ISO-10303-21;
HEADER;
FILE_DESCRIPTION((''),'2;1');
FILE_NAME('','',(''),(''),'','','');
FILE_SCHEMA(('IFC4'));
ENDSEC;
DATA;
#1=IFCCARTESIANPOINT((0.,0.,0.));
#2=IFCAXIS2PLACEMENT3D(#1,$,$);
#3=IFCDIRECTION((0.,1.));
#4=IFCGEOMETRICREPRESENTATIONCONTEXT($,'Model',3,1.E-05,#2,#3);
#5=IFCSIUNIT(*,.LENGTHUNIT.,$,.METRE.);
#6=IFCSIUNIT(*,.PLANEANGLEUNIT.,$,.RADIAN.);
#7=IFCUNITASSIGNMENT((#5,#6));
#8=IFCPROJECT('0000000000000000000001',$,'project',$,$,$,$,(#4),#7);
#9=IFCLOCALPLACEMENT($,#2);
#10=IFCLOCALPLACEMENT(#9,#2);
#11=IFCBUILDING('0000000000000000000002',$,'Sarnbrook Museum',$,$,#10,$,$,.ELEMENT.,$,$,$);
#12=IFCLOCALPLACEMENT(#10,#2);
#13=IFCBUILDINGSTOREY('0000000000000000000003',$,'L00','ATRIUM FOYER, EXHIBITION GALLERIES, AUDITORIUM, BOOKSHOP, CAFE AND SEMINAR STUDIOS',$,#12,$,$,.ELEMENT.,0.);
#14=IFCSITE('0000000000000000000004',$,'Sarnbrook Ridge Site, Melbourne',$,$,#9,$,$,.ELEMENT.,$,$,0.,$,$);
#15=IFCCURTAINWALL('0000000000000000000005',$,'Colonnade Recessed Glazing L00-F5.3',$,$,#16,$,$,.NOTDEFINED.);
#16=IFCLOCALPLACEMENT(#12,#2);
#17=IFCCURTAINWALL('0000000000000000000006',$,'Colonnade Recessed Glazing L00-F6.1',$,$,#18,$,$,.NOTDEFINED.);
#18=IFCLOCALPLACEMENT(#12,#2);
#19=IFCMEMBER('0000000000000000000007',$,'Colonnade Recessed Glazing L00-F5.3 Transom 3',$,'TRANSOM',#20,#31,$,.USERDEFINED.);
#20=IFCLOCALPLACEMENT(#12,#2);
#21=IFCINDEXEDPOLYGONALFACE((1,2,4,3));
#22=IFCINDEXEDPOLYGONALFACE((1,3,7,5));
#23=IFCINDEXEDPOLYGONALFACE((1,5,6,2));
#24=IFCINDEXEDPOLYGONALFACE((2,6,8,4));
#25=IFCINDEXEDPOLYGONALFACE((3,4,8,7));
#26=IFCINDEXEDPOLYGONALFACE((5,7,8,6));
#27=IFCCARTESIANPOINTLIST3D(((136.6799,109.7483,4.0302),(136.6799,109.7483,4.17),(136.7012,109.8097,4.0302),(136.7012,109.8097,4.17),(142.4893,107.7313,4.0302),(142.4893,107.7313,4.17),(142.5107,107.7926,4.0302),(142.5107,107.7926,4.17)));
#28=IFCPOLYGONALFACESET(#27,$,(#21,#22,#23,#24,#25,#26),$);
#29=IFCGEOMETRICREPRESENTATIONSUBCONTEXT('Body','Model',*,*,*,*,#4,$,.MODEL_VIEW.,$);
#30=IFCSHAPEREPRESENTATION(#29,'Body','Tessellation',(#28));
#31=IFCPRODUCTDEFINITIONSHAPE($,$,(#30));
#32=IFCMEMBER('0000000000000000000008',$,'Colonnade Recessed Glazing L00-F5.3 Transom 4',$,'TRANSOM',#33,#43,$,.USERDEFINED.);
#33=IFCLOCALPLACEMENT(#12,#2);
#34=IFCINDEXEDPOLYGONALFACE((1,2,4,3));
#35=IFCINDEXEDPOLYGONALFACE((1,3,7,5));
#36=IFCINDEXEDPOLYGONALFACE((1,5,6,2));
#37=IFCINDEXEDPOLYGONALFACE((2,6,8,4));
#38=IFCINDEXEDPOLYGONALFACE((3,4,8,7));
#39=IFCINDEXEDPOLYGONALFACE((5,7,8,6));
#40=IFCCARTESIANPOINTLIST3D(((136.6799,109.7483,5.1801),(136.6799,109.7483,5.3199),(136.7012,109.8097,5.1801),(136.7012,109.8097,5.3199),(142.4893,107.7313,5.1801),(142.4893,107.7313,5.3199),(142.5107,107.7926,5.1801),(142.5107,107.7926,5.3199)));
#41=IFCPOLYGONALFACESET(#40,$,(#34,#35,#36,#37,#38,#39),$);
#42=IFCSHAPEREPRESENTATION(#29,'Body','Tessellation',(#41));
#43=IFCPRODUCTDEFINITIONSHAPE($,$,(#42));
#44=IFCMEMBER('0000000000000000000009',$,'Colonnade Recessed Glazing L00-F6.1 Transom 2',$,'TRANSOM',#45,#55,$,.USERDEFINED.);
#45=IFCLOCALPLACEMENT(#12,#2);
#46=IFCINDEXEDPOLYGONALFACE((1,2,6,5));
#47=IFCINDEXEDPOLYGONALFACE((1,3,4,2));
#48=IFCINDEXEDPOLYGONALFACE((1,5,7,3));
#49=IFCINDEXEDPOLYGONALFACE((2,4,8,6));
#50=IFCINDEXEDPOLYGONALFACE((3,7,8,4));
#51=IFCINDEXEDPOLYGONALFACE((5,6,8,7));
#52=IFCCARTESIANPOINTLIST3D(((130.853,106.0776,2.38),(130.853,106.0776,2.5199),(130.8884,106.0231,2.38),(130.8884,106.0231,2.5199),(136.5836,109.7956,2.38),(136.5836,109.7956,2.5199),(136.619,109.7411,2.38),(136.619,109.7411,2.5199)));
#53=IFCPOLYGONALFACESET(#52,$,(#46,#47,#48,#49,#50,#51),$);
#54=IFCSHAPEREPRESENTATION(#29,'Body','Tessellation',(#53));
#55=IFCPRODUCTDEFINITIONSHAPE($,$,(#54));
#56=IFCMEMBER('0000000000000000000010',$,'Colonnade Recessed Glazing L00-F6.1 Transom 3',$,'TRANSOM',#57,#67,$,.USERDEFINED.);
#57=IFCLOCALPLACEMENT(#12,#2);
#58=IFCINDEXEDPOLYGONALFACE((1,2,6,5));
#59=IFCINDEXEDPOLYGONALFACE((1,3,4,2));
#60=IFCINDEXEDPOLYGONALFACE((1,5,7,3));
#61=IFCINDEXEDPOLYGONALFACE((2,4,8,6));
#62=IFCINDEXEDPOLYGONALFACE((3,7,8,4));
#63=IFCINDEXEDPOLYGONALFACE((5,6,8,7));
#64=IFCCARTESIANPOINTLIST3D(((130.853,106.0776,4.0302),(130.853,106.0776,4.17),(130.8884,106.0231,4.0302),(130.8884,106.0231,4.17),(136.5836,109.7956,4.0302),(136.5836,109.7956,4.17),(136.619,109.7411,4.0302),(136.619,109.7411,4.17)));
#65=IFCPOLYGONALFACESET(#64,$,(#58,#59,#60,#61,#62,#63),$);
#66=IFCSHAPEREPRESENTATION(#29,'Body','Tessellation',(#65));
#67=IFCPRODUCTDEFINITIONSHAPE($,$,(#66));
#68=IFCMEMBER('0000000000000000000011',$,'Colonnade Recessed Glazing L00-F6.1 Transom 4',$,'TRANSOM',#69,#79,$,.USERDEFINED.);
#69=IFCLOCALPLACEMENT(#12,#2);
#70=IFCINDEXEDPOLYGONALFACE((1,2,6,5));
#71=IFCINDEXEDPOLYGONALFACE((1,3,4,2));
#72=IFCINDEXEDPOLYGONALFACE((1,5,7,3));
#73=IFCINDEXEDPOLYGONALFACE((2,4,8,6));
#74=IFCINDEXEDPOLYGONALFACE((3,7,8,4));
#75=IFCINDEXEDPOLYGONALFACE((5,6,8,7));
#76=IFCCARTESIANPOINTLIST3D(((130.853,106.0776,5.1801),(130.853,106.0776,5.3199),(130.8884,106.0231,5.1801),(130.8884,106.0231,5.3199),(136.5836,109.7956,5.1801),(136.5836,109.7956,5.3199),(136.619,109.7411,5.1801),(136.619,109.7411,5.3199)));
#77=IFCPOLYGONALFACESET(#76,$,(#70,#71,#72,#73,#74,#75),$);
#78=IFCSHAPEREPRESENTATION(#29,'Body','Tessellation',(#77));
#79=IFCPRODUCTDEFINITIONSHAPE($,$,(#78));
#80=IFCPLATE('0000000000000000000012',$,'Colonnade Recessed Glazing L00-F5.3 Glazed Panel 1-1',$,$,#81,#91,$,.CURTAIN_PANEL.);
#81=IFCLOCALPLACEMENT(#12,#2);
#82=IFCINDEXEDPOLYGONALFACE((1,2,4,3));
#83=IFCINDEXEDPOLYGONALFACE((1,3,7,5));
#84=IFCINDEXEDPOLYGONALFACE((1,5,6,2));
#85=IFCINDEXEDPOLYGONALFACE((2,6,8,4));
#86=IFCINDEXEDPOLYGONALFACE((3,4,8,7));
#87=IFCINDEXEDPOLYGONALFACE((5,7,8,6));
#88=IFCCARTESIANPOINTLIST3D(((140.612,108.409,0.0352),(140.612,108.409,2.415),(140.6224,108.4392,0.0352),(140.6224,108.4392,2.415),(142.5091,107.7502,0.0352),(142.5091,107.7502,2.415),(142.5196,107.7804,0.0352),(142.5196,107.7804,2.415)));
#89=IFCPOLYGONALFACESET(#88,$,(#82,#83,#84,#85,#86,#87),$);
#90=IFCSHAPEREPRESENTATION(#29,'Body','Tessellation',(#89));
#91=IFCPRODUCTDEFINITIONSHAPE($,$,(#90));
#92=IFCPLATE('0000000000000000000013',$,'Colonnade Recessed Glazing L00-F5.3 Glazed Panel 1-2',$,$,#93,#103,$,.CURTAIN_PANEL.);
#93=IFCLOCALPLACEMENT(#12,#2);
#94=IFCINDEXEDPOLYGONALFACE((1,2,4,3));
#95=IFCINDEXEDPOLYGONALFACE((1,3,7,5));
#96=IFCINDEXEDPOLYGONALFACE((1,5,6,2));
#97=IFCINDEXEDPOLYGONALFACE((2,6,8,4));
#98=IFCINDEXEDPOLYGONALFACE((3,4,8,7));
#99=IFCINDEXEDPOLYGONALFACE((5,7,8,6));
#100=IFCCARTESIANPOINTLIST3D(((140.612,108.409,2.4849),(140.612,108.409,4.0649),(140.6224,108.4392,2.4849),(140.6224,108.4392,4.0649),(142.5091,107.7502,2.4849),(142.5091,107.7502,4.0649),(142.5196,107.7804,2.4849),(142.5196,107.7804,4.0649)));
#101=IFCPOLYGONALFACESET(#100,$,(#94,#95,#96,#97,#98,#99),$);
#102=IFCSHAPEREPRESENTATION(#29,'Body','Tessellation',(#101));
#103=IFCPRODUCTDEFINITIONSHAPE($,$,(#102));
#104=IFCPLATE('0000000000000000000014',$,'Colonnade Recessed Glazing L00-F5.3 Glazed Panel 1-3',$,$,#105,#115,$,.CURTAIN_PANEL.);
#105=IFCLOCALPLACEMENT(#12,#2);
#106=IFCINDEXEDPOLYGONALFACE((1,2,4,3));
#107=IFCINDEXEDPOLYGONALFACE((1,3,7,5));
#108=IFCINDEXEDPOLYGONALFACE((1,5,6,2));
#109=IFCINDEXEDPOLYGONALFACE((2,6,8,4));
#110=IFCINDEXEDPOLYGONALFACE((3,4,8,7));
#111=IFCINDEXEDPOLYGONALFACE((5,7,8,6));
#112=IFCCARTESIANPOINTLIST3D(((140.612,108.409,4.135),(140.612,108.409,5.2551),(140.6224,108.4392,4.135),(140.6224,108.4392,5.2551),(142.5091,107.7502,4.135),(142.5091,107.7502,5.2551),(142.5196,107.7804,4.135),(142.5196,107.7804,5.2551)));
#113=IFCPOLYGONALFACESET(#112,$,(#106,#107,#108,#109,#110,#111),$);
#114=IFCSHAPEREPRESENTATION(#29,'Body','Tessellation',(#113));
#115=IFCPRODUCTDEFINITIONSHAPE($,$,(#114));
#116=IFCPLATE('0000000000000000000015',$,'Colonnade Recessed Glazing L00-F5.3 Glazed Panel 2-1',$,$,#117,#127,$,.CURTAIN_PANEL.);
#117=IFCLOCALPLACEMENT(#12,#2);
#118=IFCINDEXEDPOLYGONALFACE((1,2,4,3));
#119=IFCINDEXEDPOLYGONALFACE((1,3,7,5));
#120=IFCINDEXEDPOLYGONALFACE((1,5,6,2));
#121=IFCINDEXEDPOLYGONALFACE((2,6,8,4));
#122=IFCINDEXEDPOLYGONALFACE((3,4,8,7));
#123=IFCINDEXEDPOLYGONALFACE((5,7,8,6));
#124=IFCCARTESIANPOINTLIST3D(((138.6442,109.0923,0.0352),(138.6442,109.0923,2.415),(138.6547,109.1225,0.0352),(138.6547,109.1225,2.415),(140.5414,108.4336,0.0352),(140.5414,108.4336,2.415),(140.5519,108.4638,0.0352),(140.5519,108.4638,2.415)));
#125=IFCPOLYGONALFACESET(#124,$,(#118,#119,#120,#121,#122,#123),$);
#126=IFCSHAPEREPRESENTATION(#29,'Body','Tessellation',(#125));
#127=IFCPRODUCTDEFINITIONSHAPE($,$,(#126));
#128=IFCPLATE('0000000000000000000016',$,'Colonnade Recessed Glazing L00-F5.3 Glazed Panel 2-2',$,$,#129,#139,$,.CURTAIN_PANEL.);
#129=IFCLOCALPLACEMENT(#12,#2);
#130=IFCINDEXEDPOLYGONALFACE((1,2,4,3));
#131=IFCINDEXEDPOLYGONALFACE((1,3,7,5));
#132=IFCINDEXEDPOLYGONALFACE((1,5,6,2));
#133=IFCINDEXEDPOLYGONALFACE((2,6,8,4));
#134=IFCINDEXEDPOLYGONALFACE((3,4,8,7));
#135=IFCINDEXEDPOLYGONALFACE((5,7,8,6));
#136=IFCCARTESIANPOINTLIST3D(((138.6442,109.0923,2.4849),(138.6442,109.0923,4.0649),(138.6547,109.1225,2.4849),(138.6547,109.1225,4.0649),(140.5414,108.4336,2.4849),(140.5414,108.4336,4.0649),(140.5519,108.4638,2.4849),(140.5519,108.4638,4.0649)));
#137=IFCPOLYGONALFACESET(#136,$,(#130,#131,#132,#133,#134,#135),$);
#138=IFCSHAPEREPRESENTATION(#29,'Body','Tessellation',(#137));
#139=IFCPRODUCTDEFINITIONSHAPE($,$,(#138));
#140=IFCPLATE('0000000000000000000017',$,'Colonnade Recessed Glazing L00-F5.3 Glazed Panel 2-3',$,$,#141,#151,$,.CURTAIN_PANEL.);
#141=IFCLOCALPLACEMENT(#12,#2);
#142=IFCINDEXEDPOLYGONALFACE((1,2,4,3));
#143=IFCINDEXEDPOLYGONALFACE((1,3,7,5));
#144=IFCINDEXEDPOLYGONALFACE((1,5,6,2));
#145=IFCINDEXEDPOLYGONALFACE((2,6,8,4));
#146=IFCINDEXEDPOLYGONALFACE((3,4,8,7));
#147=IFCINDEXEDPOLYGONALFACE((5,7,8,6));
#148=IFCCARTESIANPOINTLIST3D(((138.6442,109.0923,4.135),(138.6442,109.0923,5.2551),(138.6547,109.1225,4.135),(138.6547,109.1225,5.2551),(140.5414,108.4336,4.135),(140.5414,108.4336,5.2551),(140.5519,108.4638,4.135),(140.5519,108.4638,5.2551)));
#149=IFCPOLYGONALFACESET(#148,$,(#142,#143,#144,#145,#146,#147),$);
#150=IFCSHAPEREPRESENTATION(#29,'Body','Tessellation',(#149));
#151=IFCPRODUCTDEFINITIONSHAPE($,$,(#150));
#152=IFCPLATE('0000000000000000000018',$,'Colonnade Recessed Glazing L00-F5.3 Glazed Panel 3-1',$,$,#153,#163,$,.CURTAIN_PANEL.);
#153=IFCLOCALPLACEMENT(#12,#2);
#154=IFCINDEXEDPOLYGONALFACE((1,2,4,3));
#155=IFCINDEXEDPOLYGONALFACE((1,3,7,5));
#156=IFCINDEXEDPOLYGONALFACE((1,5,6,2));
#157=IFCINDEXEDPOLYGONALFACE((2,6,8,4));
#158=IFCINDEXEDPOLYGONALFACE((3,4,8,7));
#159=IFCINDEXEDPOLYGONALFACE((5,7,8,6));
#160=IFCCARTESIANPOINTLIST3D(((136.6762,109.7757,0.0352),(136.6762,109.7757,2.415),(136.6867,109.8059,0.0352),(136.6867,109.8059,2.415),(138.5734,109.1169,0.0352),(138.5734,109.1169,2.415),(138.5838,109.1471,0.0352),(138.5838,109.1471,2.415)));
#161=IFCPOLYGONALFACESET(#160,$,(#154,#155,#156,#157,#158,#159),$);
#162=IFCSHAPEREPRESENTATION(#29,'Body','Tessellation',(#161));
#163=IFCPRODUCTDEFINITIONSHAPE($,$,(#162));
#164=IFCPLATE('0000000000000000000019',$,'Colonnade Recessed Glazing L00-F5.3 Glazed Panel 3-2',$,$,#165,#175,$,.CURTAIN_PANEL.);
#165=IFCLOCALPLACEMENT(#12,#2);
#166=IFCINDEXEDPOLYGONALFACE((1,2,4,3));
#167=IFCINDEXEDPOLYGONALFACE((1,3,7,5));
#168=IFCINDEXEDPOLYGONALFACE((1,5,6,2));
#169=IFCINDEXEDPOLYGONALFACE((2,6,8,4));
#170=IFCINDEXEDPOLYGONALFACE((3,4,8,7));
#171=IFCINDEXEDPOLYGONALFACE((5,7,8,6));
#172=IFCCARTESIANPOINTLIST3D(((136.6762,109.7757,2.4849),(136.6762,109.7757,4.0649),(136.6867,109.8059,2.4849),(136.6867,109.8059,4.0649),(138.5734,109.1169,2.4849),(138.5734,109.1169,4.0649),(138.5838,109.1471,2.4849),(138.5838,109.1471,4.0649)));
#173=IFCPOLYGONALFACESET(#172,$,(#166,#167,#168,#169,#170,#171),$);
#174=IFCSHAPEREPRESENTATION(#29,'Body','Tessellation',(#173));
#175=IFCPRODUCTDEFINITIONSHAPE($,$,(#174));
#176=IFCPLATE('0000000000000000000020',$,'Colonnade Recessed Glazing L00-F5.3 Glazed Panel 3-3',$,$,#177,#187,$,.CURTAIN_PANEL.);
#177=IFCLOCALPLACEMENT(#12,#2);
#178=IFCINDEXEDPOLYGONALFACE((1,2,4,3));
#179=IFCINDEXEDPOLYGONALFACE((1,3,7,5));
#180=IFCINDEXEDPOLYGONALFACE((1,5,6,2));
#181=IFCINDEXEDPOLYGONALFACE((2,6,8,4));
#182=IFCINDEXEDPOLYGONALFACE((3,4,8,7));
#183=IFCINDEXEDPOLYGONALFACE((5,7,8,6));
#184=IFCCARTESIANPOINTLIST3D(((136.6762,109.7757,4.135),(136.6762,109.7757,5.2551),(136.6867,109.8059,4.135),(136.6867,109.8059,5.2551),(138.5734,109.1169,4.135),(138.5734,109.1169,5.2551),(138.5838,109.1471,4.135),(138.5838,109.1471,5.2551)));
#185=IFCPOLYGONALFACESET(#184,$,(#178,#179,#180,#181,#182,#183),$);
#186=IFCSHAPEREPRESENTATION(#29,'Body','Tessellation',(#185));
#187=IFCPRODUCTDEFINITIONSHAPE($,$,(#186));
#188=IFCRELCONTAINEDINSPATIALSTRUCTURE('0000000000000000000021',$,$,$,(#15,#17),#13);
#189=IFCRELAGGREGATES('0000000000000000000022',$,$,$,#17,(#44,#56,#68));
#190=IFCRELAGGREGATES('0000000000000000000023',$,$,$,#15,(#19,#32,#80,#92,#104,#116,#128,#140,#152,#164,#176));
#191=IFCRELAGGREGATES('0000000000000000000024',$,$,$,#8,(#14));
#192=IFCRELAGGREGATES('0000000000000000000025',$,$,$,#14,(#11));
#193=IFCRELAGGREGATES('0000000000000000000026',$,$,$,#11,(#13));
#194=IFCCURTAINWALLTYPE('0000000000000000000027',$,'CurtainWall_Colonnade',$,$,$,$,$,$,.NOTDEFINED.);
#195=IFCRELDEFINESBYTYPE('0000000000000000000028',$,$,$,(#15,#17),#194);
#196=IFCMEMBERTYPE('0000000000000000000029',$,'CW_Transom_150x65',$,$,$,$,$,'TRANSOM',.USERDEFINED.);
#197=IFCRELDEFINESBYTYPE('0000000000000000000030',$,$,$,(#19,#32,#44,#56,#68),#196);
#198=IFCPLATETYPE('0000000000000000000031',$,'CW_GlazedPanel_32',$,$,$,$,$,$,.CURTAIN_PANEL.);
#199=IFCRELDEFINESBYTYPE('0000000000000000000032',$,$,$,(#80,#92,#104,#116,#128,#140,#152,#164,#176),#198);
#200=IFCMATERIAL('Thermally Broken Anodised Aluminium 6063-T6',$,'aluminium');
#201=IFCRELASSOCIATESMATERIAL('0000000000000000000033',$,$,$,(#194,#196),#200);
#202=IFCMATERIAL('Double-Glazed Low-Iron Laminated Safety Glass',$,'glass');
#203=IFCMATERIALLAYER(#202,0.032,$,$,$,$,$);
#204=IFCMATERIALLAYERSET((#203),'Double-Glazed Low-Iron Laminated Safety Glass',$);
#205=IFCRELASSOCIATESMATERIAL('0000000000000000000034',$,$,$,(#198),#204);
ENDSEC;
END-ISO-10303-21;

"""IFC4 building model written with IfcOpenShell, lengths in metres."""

from ifc_helpers import new_model, si_unit, direction, frame, origin, origin_2d, place, context, subcontext, project, spatial, rectangle, extrude, material, layer, layer_set, material_profile, profile_set, type_object, element, aggregate, save


model = new_model("IFC4")

# Units and contexts
model_context = context("Model", 3, precision=1e-05, world=origin(), true_north=direction((0.0, 1.0)))
body_context = subcontext(model_context, "Body", "Model", "MODEL_VIEW")
ifc_project = project(units=[si_unit("LENGTHUNIT", "METRE"), si_unit("PLANEANGLEUNIT", "RADIAN")], contexts=[model_context])

# Site, building, storey
site_placement = place(None, origin())
site = spatial("IfcSite", under=ifc_project, at=site_placement, Name="Sarnbrook Ridge Site, Melbourne", CompositionType="ELEMENT", RefElevation=0.0)
building_placement = place(site_placement, origin())
building = spatial("IfcBuilding", under=site, at=building_placement, Name="Sarnbrook Museum", CompositionType="ELEMENT")
storey_placement = place(building_placement, origin())
storey = spatial("IfcBuildingStorey", under=building, at=storey_placement, Name="L00", Description="ATRIUM FOYER, EXHIBITION GALLERIES, AUDITORIUM, BOOKSHOP, CAFE AND SEMINAR STUDIOS", CompositionType="ELEMENT", Elevation=0.0)

# Curtain wall
ifc_material_1 = material(Name="Thermally Broken Anodised Aluminium 6063-T6", Category="aluminium")
curtain_wall_type = type_object("IfcCurtainWallType", Name="CurtainWall_Colonnade", PredefinedType="NOTDEFINED", material=ifc_material_1)
curtain_wall_1_placement = place(storey_placement, origin())
curtain_wall_1 = element("IfcCurtainWall", 1, at=curtain_wall_1_placement, inside=storey, type_object=curtain_wall_type, Name="Colonnade Recessed Glazing L00-F5.3", PredefinedType="NOTDEFINED")

# Curtain wall
curtain_wall_2_placement = place(storey_placement, origin())
curtain_wall_2 = element("IfcCurtainWall", 2, at=curtain_wall_2_placement, inside=storey, type_object=curtain_wall_type, Name="Colonnade Recessed Glazing L00-F6.1", PredefinedType="NOTDEFINED")

# Members
ifc_material_profile_1 = material_profile(ifc_material_1, rectangle(XDim=0.0649, YDim=0.1399, at=origin_2d()), Name="ALU TRANSOM 65x140")
ifc_profile_set_1 = profile_set([ifc_material_profile_1], Name="Thermally Broken Anodised Aluminium 6063-T6")
member_type_1 = type_object("IfcMemberType", Name="CW_Transom_150x65", ElementType="TRANSOM", PredefinedType="USERDEFINED", material=ifc_profile_set_1)
member_1_placement = place(storey_placement, frame((142.5, 107.762, 4.1001), z_axis=(-0.94468, 0.327994, 0.0), x_axis=(-0.327994, -0.94468, 0.0)))
member_1 = element("IfcMember", 3, at=member_1_placement, type_object=member_type_1, Name="Colonnade Recessed Glazing L00-F5.3 Transom 3", ObjectType="TRANSOM", PredefinedType="USERDEFINED", context=body_context, shape_type="SweptSolid", body=[
    extrude(rectangle(XDim=0.0649, YDim=0.1399, at=origin_2d()), origin(), (0.0, 0.0, 1.0), 6.1497),
])
member_2_placement = place(storey_placement, frame((142.5, 107.762, 5.25), z_axis=(-0.94468, 0.327994, 0.0), x_axis=(-0.327994, -0.94468, 0.0)))
member_2 = element("IfcMember", 4, at=member_2_placement, type_object=member_type_1, Name="Colonnade Recessed Glazing L00-F5.3 Transom 4", ObjectType="TRANSOM", PredefinedType="USERDEFINED", context=body_context, shape_type="SweptSolid", body=[
    extrude(rectangle(XDim=0.0649, YDim=0.1399, at=origin_2d()), origin(), (0.0, 0.0, 1.0), 6.1497),
])
member_3_placement = place(storey_placement, frame((136.6013, 109.7683, 2.45), z_axis=(-0.838908, -0.544273, 0.0), x_axis=(0.544273, -0.838908, 0.0)))
member_3 = element("IfcMember", 5, at=member_3_placement, type_object=member_type_1, Name="Colonnade Recessed Glazing L00-F6.1 Transom 2", ObjectType="TRANSOM", PredefinedType="USERDEFINED", context=body_context, shape_type="SweptSolid", body=[
    extrude(rectangle(XDim=0.0649, YDim=0.1399, at=origin_2d()), origin(), (0.0, 0.0, 1.0), 6.8311),
])
member_4_placement = place(storey_placement, frame((136.6013, 109.7683, 4.1001), z_axis=(-0.838908, -0.544273, 0.0), x_axis=(0.544273, -0.838908, 0.0)))
member_4 = element("IfcMember", 6, at=member_4_placement, type_object=member_type_1, Name="Colonnade Recessed Glazing L00-F6.1 Transom 3", ObjectType="TRANSOM", PredefinedType="USERDEFINED", context=body_context, shape_type="SweptSolid", body=[
    extrude(rectangle(XDim=0.0649, YDim=0.1399, at=origin_2d()), origin(), (0.0, 0.0, 1.0), 6.8311),
])
member_5_placement = place(storey_placement, frame((136.6013, 109.7683, 5.25), z_axis=(-0.838908, -0.544273, 0.0), x_axis=(0.544273, -0.838908, 0.0)))
member_5 = element("IfcMember", 7, at=member_5_placement, type_object=member_type_1, Name="Colonnade Recessed Glazing L00-F6.1 Transom 4", ObjectType="TRANSOM", PredefinedType="USERDEFINED", context=body_context, shape_type="SweptSolid", body=[
    extrude(rectangle(XDim=0.0649, YDim=0.1399, at=origin_2d()), origin(), (0.0, 0.0, 1.0), 6.8311),
])
aggregate(curtain_wall_2, [member_3, member_4, member_5])

# Plates
ifc_material_2 = material(Name="Double-Glazed Low-Iron Laminated Safety Glass", Category="glass")
ifc_layer = layer(ifc_material_2, 0.032)
ifc_layer_set = layer_set([ifc_layer], Name="Double-Glazed Low-Iron Laminated Safety Glass")
plate_type = type_object("IfcPlateType", Name="CW_GlazedPanel_32", PredefinedType="CURTAIN_PANEL", material=ifc_layer_set)
plate_1_placement = place(storey_placement, frame((141.5605, 108.0796, 1.2251), z_axis=(0.328012, 0.944674, 0.0), x_axis=(-0.944674, 0.328012, 0.0)))
plate_1 = element("IfcPlate", 8, at=plate_1_placement, type_object=plate_type, Name="Colonnade Recessed Glazing L00-F5.3 Glazed Panel 1-1", PredefinedType="CURTAIN_PANEL", context=body_context, shape_type="SweptSolid", body=[
    extrude(rectangle(XDim=2.0083, YDim=2.3799, at=origin_2d()), origin(), (0.0, 0.0, 1.0), 0.032),
])
plate_2_placement = place(storey_placement, frame((141.5605, 108.0796, 3.2749), z_axis=(0.328012, 0.944674, 0.0), x_axis=(-0.944674, 0.328012, 0.0)))
plate_2 = element("IfcPlate", 9, at=plate_2_placement, type_object=plate_type, Name="Colonnade Recessed Glazing L00-F5.3 Glazed Panel 1-2", PredefinedType="CURTAIN_PANEL", context=body_context, shape_type="SweptSolid", body=[
    extrude(rectangle(XDim=2.0083, YDim=1.5801, at=origin_2d()), origin(), (0.0, 0.0, 1.0), 0.032),
])
plate_3_placement = place(storey_placement, frame((141.5605, 108.0796, 4.6951), z_axis=(0.328012, 0.944674, 0.0), x_axis=(-0.944674, 0.328012, 0.0)))
plate_3 = element("IfcPlate", 10, at=plate_3_placement, type_object=plate_type, Name="Colonnade Recessed Glazing L00-F5.3 Glazed Panel 1-3", PredefinedType="CURTAIN_PANEL", context=body_context, shape_type="SweptSolid", body=[
    extrude(rectangle(XDim=2.0083, YDim=1.1201, at=origin_2d()), origin(), (0.0, 0.0, 1.0), 0.032),
])
plate_4_placement = place(storey_placement, frame((139.5928, 108.7629, 1.2251), z_axis=(0.328012, 0.944674, 0.0), x_axis=(-0.944674, 0.328012, 0.0)))
plate_4 = element("IfcPlate", 11, at=plate_4_placement, type_object=plate_type, Name="Colonnade Recessed Glazing L00-F5.3 Glazed Panel 2-1", PredefinedType="CURTAIN_PANEL", context=body_context, shape_type="SweptSolid", body=[
    extrude(rectangle(XDim=2.0083, YDim=2.3799, at=origin_2d()), origin(), (0.0, 0.0, 1.0), 0.032),
])
plate_5_placement = place(storey_placement, frame((139.5928, 108.7629, 3.2749), z_axis=(0.328012, 0.944674, 0.0), x_axis=(-0.944674, 0.328012, 0.0)))
plate_5 = element("IfcPlate", 12, at=plate_5_placement, type_object=plate_type, Name="Colonnade Recessed Glazing L00-F5.3 Glazed Panel 2-2", PredefinedType="CURTAIN_PANEL", context=body_context, shape_type="SweptSolid", body=[
    extrude(rectangle(XDim=2.0083, YDim=1.5801, at=origin_2d()), origin(), (0.0, 0.0, 1.0), 0.032),
])
plate_6_placement = place(storey_placement, frame((139.5928, 108.7629, 4.6951), z_axis=(0.328012, 0.944674, 0.0), x_axis=(-0.944674, 0.328012, 0.0)))
plate_6 = element("IfcPlate", 13, at=plate_6_placement, type_object=plate_type, Name="Colonnade Recessed Glazing L00-F5.3 Glazed Panel 2-3", PredefinedType="CURTAIN_PANEL", context=body_context, shape_type="SweptSolid", body=[
    extrude(rectangle(XDim=2.0083, YDim=1.1201, at=origin_2d()), origin(), (0.0, 0.0, 1.0), 0.032),
])
plate_7_placement = place(storey_placement, frame((137.6248, 109.4463, 1.2251), z_axis=(0.328012, 0.944674, 0.0), x_axis=(-0.944674, 0.328012, 0.0)))
plate_7 = element("IfcPlate", 14, at=plate_7_placement, type_object=plate_type, Name="Colonnade Recessed Glazing L00-F5.3 Glazed Panel 3-1", PredefinedType="CURTAIN_PANEL", context=body_context, shape_type="SweptSolid", body=[
    extrude(rectangle(XDim=2.0083, YDim=2.3799, at=origin_2d()), origin(), (0.0, 0.0, 1.0), 0.032),
])
plate_8_placement = place(storey_placement, frame((137.6248, 109.4463, 3.2749), z_axis=(0.328012, 0.944674, 0.0), x_axis=(-0.944674, 0.328012, 0.0)))
plate_8 = element("IfcPlate", 15, at=plate_8_placement, type_object=plate_type, Name="Colonnade Recessed Glazing L00-F5.3 Glazed Panel 3-2", PredefinedType="CURTAIN_PANEL", context=body_context, shape_type="SweptSolid", body=[
    extrude(rectangle(XDim=2.0083, YDim=1.5801, at=origin_2d()), origin(), (0.0, 0.0, 1.0), 0.032),
])
plate_9_placement = place(storey_placement, frame((137.6248, 109.4463, 4.6951), z_axis=(0.328012, 0.944674, 0.0), x_axis=(-0.944674, 0.328012, 0.0)))
plate_9 = element("IfcPlate", 16, at=plate_9_placement, type_object=plate_type, Name="Colonnade Recessed Glazing L00-F5.3 Glazed Panel 3-3", PredefinedType="CURTAIN_PANEL", context=body_context, shape_type="SweptSolid", body=[
    extrude(rectangle(XDim=2.0083, YDim=1.1201, at=origin_2d()), origin(), (0.0, 0.0, 1.0), 0.032),
])
aggregate(curtain_wall_1, [member_1, member_2, plate_1, plate_2, plate_3, plate_4, plate_5, plate_6, plate_7, plate_8, plate_9])

save(model, "model.ifc")
